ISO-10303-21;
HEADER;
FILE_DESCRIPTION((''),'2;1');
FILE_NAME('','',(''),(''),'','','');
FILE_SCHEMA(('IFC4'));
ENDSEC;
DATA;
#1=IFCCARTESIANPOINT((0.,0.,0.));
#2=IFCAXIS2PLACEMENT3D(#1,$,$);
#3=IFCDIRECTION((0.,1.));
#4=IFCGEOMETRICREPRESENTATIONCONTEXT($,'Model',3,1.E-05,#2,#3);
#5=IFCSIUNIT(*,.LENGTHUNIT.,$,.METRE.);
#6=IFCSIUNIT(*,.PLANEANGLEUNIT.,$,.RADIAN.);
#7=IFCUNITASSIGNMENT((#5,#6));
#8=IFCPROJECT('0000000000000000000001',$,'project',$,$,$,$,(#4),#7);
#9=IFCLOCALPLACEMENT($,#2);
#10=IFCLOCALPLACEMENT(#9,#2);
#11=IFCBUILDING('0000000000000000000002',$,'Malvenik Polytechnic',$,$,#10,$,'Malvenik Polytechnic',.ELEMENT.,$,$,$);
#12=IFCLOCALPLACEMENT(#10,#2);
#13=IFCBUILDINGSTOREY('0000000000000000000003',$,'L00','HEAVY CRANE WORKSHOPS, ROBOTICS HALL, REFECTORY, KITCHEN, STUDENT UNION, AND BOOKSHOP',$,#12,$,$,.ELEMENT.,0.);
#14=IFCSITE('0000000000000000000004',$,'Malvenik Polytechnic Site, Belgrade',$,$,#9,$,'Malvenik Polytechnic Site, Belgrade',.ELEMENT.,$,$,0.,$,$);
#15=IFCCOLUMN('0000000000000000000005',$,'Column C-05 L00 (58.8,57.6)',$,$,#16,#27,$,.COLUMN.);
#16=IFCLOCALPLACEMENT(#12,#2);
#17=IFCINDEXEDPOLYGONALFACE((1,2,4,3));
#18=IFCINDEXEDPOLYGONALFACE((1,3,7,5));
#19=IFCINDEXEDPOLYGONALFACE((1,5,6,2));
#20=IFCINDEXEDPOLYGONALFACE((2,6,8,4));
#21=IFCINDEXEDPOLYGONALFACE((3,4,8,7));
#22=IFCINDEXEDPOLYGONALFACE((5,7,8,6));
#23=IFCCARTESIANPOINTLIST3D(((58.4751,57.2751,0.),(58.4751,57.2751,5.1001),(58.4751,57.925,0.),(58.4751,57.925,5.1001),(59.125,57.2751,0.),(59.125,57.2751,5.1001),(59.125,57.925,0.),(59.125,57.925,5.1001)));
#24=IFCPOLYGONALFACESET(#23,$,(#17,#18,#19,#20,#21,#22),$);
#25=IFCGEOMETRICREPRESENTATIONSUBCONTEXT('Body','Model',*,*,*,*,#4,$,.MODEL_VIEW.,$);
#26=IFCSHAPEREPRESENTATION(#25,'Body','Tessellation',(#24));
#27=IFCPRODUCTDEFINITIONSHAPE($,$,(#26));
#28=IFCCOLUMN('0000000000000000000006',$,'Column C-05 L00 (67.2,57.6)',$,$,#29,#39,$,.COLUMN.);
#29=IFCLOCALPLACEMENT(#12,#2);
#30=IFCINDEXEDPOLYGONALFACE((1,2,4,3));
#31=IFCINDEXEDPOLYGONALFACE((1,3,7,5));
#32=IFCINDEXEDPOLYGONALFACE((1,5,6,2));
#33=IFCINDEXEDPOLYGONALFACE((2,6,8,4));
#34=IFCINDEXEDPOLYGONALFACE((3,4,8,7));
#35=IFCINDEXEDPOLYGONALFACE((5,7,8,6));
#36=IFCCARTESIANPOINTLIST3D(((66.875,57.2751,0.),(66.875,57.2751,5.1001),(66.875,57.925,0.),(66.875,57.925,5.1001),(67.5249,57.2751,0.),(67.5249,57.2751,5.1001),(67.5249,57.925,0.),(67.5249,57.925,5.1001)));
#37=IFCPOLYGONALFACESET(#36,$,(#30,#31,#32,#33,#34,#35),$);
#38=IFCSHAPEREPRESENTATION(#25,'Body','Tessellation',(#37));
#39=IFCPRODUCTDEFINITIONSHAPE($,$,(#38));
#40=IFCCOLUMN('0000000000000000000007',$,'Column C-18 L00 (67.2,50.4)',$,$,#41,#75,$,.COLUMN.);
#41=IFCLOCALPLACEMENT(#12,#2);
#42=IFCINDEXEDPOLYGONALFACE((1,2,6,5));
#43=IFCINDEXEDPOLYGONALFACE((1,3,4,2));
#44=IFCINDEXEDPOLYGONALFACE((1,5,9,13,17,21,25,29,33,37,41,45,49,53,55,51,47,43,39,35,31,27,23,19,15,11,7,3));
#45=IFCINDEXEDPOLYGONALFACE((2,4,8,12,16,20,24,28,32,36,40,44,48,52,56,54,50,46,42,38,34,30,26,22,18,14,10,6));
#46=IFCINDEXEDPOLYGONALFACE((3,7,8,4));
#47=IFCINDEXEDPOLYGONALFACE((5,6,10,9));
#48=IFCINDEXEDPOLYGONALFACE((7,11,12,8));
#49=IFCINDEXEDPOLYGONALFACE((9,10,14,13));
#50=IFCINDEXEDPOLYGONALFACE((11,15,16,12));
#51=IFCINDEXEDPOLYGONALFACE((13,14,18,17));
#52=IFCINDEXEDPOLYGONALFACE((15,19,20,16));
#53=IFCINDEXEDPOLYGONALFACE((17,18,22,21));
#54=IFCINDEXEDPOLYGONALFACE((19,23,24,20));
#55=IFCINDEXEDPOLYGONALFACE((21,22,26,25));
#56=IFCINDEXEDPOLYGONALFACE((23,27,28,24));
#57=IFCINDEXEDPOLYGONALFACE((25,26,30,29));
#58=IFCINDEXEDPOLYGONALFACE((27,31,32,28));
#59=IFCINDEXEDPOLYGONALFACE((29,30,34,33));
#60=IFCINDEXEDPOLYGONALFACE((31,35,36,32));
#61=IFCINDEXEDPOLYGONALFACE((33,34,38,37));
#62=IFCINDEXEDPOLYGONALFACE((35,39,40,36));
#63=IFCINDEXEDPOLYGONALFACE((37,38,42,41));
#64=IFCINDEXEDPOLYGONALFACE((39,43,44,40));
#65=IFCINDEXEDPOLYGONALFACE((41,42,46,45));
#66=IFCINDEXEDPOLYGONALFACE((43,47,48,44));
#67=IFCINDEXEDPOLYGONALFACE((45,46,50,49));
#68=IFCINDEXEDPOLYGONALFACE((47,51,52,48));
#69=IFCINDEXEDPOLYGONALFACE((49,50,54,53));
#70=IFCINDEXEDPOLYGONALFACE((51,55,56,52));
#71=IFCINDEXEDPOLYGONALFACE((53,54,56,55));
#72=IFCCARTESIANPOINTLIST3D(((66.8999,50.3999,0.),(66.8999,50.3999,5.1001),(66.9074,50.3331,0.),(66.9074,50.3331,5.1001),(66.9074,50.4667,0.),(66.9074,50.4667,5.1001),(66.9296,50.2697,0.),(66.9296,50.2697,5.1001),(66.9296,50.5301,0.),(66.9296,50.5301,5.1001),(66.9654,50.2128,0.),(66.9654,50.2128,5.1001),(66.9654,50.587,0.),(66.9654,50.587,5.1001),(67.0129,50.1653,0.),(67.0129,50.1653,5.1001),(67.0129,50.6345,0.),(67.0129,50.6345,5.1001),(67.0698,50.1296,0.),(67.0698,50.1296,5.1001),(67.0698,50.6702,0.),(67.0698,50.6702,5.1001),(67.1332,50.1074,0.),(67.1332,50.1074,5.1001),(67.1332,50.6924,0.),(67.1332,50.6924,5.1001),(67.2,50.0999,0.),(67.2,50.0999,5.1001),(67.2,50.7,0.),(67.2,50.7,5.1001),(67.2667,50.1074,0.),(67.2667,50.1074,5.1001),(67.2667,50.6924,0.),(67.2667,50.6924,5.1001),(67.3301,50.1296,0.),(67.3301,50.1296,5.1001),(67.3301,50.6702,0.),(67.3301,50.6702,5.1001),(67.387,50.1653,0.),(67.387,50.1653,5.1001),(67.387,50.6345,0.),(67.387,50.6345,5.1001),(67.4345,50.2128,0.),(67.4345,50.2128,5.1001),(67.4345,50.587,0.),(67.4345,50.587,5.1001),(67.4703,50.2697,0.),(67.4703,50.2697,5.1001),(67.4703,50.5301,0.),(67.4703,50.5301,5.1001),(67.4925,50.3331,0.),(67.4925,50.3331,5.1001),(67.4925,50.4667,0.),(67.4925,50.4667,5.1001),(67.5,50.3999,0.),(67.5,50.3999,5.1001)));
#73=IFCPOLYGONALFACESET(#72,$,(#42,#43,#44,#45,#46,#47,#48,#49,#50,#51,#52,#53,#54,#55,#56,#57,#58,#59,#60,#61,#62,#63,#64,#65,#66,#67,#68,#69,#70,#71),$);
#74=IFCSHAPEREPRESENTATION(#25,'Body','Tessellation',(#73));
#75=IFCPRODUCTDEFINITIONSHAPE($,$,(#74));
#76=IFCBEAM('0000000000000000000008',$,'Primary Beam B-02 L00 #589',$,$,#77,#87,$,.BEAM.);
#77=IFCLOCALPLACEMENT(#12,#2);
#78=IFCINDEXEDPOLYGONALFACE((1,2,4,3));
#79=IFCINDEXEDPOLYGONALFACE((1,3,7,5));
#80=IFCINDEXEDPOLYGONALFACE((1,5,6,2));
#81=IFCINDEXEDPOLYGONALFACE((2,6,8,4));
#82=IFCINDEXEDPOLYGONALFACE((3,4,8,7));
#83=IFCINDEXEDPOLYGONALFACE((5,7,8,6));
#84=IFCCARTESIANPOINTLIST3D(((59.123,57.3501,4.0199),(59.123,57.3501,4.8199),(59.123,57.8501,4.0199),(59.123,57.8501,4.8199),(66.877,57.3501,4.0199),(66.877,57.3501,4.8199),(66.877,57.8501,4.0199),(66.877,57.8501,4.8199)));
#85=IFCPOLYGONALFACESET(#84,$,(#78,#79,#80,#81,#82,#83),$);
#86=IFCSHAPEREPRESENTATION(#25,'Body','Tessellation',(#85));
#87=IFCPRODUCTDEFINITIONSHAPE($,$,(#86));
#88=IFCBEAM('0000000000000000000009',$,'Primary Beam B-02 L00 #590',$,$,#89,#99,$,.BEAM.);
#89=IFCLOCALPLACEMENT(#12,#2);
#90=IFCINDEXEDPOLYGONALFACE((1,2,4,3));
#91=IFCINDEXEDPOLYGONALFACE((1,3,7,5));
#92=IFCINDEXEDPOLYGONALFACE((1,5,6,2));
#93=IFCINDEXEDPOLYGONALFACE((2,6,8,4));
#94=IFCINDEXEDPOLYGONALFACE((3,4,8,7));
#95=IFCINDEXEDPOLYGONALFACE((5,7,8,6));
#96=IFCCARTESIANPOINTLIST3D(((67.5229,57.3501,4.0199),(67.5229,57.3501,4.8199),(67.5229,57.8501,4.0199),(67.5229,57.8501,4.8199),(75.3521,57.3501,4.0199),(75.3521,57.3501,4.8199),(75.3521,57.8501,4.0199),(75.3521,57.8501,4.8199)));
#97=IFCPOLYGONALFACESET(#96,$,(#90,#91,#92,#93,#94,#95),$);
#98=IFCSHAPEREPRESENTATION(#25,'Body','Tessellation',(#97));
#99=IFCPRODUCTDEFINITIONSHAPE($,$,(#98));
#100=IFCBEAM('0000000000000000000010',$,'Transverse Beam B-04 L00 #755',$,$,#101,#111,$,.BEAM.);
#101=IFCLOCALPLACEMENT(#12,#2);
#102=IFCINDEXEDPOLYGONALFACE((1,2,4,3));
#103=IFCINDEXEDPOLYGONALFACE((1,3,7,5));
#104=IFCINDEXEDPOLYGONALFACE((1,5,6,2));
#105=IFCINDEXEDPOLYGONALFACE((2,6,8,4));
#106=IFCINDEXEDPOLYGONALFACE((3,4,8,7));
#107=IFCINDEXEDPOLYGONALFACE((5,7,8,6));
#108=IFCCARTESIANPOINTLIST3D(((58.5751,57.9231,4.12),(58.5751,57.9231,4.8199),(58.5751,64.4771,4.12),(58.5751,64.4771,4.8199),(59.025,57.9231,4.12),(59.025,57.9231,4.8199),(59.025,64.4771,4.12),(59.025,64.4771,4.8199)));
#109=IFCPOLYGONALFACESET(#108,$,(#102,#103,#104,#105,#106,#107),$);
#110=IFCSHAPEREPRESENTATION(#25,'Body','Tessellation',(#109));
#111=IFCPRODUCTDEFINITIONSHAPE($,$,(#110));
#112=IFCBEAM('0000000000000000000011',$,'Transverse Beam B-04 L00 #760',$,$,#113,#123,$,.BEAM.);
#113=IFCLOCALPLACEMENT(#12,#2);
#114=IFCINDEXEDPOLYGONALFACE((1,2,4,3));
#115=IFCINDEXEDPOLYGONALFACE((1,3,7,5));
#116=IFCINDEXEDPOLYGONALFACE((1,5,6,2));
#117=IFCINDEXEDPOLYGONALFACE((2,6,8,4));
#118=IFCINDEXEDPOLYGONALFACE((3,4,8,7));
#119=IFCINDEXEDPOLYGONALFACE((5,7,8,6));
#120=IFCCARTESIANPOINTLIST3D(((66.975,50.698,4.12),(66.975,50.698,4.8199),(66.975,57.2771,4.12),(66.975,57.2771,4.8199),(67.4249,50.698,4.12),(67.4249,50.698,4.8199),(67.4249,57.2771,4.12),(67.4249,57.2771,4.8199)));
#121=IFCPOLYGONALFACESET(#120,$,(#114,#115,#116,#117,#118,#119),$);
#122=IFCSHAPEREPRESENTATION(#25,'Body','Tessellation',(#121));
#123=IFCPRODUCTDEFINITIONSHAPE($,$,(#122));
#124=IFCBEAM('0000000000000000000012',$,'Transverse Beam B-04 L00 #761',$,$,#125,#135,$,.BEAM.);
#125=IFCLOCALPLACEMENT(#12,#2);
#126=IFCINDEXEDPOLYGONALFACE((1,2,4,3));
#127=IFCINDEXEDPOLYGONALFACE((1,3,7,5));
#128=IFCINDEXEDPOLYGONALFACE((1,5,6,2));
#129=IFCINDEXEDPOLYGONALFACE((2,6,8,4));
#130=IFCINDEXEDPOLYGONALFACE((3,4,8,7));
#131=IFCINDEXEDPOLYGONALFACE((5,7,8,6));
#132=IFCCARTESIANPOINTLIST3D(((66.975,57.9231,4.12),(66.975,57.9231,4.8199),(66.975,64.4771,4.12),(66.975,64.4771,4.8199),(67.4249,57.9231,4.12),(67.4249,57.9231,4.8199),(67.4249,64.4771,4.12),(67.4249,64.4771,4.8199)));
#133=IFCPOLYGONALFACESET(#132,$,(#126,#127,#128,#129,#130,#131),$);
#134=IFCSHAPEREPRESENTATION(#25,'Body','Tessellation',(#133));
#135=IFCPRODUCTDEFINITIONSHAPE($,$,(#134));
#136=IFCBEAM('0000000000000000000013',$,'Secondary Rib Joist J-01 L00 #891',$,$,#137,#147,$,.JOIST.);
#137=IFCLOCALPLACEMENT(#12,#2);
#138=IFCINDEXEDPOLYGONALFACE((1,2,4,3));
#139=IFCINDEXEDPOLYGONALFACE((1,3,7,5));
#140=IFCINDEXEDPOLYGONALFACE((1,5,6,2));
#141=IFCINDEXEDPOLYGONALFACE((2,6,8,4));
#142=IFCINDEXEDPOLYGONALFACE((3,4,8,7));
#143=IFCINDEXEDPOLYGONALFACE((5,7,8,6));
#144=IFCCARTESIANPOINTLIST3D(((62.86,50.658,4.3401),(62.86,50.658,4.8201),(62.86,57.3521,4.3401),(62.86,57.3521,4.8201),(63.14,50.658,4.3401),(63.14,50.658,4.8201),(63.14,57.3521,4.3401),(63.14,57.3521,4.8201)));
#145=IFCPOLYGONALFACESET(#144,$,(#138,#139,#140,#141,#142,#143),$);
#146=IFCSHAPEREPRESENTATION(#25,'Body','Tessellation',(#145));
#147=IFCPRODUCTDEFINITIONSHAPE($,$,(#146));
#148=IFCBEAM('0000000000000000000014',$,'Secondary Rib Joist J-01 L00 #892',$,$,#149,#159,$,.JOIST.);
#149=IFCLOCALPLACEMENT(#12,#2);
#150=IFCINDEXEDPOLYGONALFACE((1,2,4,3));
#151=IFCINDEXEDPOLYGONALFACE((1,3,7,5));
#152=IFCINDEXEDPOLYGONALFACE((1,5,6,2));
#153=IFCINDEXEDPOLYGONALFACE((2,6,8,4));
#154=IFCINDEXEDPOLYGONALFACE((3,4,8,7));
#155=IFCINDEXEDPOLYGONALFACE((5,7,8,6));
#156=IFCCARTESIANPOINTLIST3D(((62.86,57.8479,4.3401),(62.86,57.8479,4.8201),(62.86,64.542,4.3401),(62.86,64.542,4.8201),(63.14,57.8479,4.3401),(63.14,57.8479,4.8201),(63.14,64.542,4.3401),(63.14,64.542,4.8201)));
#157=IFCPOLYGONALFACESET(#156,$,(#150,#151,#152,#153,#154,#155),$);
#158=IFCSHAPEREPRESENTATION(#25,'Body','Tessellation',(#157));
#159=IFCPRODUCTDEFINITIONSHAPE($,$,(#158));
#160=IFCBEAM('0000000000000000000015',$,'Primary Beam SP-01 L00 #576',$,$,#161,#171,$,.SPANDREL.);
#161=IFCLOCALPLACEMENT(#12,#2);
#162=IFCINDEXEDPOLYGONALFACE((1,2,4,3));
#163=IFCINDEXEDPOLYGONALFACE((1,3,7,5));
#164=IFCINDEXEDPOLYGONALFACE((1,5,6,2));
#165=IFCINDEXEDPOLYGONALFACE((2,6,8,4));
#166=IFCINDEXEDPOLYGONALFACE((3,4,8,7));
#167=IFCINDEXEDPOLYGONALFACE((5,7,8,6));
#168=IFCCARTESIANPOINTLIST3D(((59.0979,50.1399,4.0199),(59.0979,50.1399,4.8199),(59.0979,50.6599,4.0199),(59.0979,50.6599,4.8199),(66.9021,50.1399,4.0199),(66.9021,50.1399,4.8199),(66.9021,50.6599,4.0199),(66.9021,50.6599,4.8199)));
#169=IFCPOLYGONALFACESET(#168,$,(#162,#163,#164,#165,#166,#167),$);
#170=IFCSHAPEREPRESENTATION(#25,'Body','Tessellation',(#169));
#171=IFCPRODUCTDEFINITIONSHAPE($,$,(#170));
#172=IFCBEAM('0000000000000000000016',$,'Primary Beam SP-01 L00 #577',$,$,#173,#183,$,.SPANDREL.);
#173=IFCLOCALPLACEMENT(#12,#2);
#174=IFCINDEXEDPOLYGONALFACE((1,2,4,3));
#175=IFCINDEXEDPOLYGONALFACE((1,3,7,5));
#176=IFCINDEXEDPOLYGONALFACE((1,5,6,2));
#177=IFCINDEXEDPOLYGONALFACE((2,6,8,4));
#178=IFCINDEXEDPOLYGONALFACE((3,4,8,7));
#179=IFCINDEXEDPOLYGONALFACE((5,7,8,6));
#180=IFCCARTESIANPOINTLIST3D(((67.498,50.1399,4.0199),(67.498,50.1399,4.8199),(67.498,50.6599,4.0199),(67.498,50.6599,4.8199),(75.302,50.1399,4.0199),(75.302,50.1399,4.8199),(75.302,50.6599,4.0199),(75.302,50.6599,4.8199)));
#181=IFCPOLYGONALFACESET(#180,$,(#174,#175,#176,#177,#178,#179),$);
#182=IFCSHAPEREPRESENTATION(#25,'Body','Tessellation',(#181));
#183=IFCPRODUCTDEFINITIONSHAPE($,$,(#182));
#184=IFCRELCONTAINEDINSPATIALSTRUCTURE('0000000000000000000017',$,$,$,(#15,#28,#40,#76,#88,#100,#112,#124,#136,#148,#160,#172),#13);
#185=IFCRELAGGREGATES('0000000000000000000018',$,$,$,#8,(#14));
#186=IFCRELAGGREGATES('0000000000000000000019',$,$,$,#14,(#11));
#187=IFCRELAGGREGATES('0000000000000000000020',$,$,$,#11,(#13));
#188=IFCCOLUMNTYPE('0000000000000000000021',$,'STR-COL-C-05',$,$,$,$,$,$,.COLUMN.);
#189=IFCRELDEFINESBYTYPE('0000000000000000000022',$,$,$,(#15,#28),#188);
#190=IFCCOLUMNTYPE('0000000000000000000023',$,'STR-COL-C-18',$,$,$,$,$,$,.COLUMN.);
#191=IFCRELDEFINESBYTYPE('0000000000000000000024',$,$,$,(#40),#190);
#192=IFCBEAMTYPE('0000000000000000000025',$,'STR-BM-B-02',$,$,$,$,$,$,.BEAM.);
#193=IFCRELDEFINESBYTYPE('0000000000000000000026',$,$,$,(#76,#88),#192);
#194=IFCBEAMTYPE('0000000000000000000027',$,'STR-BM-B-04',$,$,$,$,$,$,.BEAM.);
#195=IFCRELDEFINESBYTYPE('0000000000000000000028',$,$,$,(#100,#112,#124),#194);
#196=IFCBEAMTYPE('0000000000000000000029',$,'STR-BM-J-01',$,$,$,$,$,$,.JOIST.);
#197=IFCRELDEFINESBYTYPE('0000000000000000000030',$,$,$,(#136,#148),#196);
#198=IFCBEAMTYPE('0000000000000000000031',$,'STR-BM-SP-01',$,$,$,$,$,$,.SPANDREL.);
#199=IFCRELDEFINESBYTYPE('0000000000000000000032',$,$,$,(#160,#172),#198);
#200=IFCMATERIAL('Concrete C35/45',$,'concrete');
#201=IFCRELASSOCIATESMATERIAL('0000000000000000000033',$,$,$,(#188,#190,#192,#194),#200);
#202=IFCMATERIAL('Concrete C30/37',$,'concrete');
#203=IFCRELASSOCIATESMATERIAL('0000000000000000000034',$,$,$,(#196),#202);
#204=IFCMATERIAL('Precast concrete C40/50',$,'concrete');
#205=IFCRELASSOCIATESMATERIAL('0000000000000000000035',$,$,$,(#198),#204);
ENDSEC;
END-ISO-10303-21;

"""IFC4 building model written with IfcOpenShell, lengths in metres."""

from ifc_helpers import new_model, si_unit, direction, frame, origin, origin_2d, place, context, subcontext, project, spatial, rectangle, circle, extrude, material, material_profile, profile_set, type_object, element, save


model = new_model("IFC4")

# Units and contexts
model_context = context("Model", 3, precision=1e-05, world=origin(), true_north=direction((0.0, 1.0)))
body_context = subcontext(model_context, "Body", "Model", "MODEL_VIEW")
ifc_project = project(units=[si_unit("LENGTHUNIT", "METRE"), si_unit("PLANEANGLEUNIT", "RADIAN")], contexts=[model_context])

# Site, building, storey
site_placement = place(None, origin())
site = spatial("IfcSite", under=ifc_project, at=site_placement, Name="Malvenik Polytechnic Site, Belgrade", LongName="Malvenik Polytechnic Site, Belgrade", CompositionType="ELEMENT", RefElevation=0.0)
building_placement = place(site_placement, origin())
building = spatial("IfcBuilding", under=site, at=building_placement, Name="Malvenik Polytechnic", LongName="Malvenik Polytechnic", CompositionType="ELEMENT")
storey_placement = place(building_placement, origin())
storey = spatial("IfcBuildingStorey", under=building, at=storey_placement, Name="L00", Description="HEAVY CRANE WORKSHOPS, ROBOTICS HALL, REFECTORY, KITCHEN, STUDENT UNION, AND BOOKSHOP", CompositionType="ELEMENT", Elevation=0.0)

# Columns
ifc_material_1 = material(Name="Concrete C35/45", Category="concrete")
ifc_material_profile_1 = material_profile(ifc_material_1, rectangle(XDim=0.6499, YDim=0.6499, at=origin_2d()), Name="RC COL 650x650")
ifc_profile_set_1 = profile_set([ifc_material_profile_1], Name="Concrete C35/45")
column_type_1 = type_object("IfcColumnType", Name="STR-COL-C-05", PredefinedType="COLUMN", material=ifc_profile_set_1)
for number, where, z_axis, x_axis, name in (
    (1, (58.8, 57.6001, 0.0), (0.0, 0.0, 1.0), (1.0, 0.0, 0.0), "Column C-05 L00 (58.8,57.6)"),
    (2, (67.2, 57.6001, 0.0), (0.0, 0.0, 1.0), (1.0, 0.0, 0.0), "Column C-05 L00 (67.2,57.6)"),
):
    element("IfcColumn", number, at=place(storey_placement, frame(where, z_axis=z_axis, x_axis=x_axis)), inside=storey, type_object=column_type_1, Name=name, PredefinedType="COLUMN", context=body_context, shape_type="SweptSolid", body=[
        extrude(rectangle(XDim=0.6499, YDim=0.6499, at=origin_2d()), origin(), (0.0, 0.0, 1.0), 5.1001),
    ])
ifc_material_profile_2 = material_profile(ifc_material_1, circle(Radius=0.3, at=origin_2d()), Name="RC COL D600")
ifc_profile_set_2 = profile_set([ifc_material_profile_2], Name="Concrete C35/45")
column_type_2 = type_object("IfcColumnType", Name="STR-COL-C-18", PredefinedType="COLUMN", material=ifc_profile_set_2)
column_placement = place(storey_placement, frame((67.2, 50.3999, 0.0), z_axis=(0.0, 0.0, 1.0), x_axis=(1.0, 0.0, 0.0)))
element("IfcColumn", 3, at=column_placement, inside=storey, type_object=column_type_2, Name="Column C-18 L00 (67.2,50.4)", PredefinedType="COLUMN", context=body_context, shape_type="SweptSolid", body=[
    extrude(circle(Radius=0.3, at=origin_2d()), origin(), (0.0, 0.0, 1.0), 5.1001),
])

# Beams
ifc_material_profile_3 = material_profile(ifc_material_1, rectangle(XDim=0.5, YDim=0.8, at=origin_2d()), Name="RC BM 500x800")
ifc_profile_set_3 = profile_set([ifc_material_profile_3], Name="Concrete C35/45")
beam_type_1 = type_object("IfcBeamType", Name="STR-BM-B-02", PredefinedType="BEAM", material=ifc_profile_set_3)
beam_1_placement = place(storey_placement, frame((59.123, 57.6001, 4.4199), z_axis=(1.0, 0.0, 0.0), x_axis=(0.0, 1.0, 0.0)))
element("IfcBeam", 4, at=beam_1_placement, inside=storey, type_object=beam_type_1, Name="Primary Beam B-02 L00 #589", PredefinedType="BEAM", context=body_context, shape_type="SweptSolid", body=[
    extrude(rectangle(XDim=0.5, YDim=0.8, at=origin_2d()), origin(), (0.0, 0.0, 1.0), 7.7539),
])
beam_2_placement = place(storey_placement, frame((67.5229, 57.6001, 4.4199), z_axis=(1.0, 0.0, 0.0), x_axis=(0.0, 1.0, 0.0)))
element("IfcBeam", 5, at=beam_2_placement, inside=storey, type_object=beam_type_1, Name="Primary Beam B-02 L00 #590", PredefinedType="BEAM", context=body_context, shape_type="SweptSolid", body=[
    extrude(rectangle(XDim=0.5, YDim=0.8, at=origin_2d()), origin(), (0.0, 0.0, 1.0), 7.8291),
])
ifc_material_profile_4 = material_profile(ifc_material_1, rectangle(XDim=0.45, YDim=0.7, at=origin_2d()), Name="RC BM 450x700")
ifc_profile_set_4 = profile_set([ifc_material_profile_4], Name="Concrete C35/45")
beam_type_2 = type_object("IfcBeamType", Name="STR-BM-B-04", PredefinedType="BEAM", material=ifc_profile_set_4)
beam_3_placement = place(storey_placement, frame((58.8, 57.9231, 4.47), z_axis=(0.0, 1.0, 0.0), x_axis=(-1.0, 0.0, 0.0)))
element("IfcBeam", 6, at=beam_3_placement, inside=storey, type_object=beam_type_2, Name="Transverse Beam B-04 L00 #755", PredefinedType="BEAM", context=body_context, shape_type="SweptSolid", body=[
    extrude(rectangle(XDim=0.45, YDim=0.7, at=origin_2d()), origin(), (0.0, 0.0, 1.0), 6.554),
])
beam_4_placement = place(storey_placement, frame((67.2, 50.698, 4.47), z_axis=(0.0, 1.0, 0.0), x_axis=(-1.0, 0.0, 0.0)))
element("IfcBeam", 7, at=beam_4_placement, inside=storey, type_object=beam_type_2, Name="Transverse Beam B-04 L00 #760", PredefinedType="BEAM", context=body_context, shape_type="SweptSolid", body=[
    extrude(rectangle(XDim=0.45, YDim=0.7, at=origin_2d()), origin(), (0.0, 0.0, 1.0), 6.5791),
])
beam_5_placement = place(storey_placement, frame((67.2, 57.9231, 4.47), z_axis=(0.0, 1.0, 0.0), x_axis=(-1.0, 0.0, 0.0)))
element("IfcBeam", 8, at=beam_5_placement, inside=storey, type_object=beam_type_2, Name="Transverse Beam B-04 L00 #761", PredefinedType="BEAM", context=body_context, shape_type="SweptSolid", body=[
    extrude(rectangle(XDim=0.45, YDim=0.7, at=origin_2d()), origin(), (0.0, 0.0, 1.0), 6.554),
])
ifc_material_2 = material(Name="Concrete C30/37", Category="concrete")
ifc_material_profile_5 = material_profile(ifc_material_2, rectangle(XDim=0.28, YDim=0.48, at=origin_2d()), Name="RC JST 280x480")
ifc_profile_set_5 = profile_set([ifc_material_profile_5], Name="Concrete C30/37")
beam_type_3 = type_object("IfcBeamType", Name="STR-BM-J-01", PredefinedType="JOIST", material=ifc_profile_set_5)
for number, where, z_axis, x_axis, name in (
    (9, (63.0, 50.658, 4.5801), (0.0, 1.0, 0.0), (-1.0, 0.0, 0.0), "Secondary Rib Joist J-01 L00 #891"),
    (10, (63.0, 57.8479, 4.5801), (0.0, 1.0, 0.0), (-1.0, 0.0, 0.0), "Secondary Rib Joist J-01 L00 #892"),
):
    element("IfcBeam", number, at=place(storey_placement, frame(where, z_axis=z_axis, x_axis=x_axis)), inside=storey, type_object=beam_type_3, Name=name, PredefinedType="JOIST", context=body_context, shape_type="SweptSolid", body=[
        extrude(rectangle(XDim=0.28, YDim=0.48, at=origin_2d()), origin(), (0.0, 0.0, 1.0), 6.6941),
    ])
ifc_material_3 = material(Name="Precast concrete C40/50", Category="concrete")
ifc_material_profile_6 = material_profile(ifc_material_3, rectangle(XDim=0.52, YDim=0.8, at=origin_2d()), Name="PC SPN 520x800")
ifc_profile_set_6 = profile_set([ifc_material_profile_6], Name="Precast concrete C40/50")
beam_type_4 = type_object("IfcBeamType", Name="STR-BM-SP-01", PredefinedType="SPANDREL", material=ifc_profile_set_6)
beam_6_placement = place(storey_placement, frame((59.0979, 50.3999, 4.4199), z_axis=(1.0, 0.0, 0.0), x_axis=(0.0, 1.0, 0.0)))
element("IfcBeam", 11, at=beam_6_placement, inside=storey, type_object=beam_type_4, Name="Primary Beam SP-01 L00 #576", PredefinedType="SPANDREL", context=body_context, shape_type="SweptSolid", body=[
    extrude(rectangle(XDim=0.52, YDim=0.8, at=origin_2d()), origin(), (0.0, 0.0, 1.0), 7.8042),
])
beam_7_placement = place(storey_placement, frame((67.498, 50.3999, 4.4199), z_axis=(1.0, 0.0, 0.0), x_axis=(0.0, 1.0, 0.0)))
element("IfcBeam", 12, at=beam_7_placement, inside=storey, type_object=beam_type_4, Name="Primary Beam SP-01 L00 #577", PredefinedType="SPANDREL", context=body_context, shape_type="SweptSolid", body=[
    extrude(rectangle(XDim=0.52, YDim=0.8, at=origin_2d()), origin(), (0.0, 0.0, 1.0), 7.804),
])

save(model, "model.ifc")
